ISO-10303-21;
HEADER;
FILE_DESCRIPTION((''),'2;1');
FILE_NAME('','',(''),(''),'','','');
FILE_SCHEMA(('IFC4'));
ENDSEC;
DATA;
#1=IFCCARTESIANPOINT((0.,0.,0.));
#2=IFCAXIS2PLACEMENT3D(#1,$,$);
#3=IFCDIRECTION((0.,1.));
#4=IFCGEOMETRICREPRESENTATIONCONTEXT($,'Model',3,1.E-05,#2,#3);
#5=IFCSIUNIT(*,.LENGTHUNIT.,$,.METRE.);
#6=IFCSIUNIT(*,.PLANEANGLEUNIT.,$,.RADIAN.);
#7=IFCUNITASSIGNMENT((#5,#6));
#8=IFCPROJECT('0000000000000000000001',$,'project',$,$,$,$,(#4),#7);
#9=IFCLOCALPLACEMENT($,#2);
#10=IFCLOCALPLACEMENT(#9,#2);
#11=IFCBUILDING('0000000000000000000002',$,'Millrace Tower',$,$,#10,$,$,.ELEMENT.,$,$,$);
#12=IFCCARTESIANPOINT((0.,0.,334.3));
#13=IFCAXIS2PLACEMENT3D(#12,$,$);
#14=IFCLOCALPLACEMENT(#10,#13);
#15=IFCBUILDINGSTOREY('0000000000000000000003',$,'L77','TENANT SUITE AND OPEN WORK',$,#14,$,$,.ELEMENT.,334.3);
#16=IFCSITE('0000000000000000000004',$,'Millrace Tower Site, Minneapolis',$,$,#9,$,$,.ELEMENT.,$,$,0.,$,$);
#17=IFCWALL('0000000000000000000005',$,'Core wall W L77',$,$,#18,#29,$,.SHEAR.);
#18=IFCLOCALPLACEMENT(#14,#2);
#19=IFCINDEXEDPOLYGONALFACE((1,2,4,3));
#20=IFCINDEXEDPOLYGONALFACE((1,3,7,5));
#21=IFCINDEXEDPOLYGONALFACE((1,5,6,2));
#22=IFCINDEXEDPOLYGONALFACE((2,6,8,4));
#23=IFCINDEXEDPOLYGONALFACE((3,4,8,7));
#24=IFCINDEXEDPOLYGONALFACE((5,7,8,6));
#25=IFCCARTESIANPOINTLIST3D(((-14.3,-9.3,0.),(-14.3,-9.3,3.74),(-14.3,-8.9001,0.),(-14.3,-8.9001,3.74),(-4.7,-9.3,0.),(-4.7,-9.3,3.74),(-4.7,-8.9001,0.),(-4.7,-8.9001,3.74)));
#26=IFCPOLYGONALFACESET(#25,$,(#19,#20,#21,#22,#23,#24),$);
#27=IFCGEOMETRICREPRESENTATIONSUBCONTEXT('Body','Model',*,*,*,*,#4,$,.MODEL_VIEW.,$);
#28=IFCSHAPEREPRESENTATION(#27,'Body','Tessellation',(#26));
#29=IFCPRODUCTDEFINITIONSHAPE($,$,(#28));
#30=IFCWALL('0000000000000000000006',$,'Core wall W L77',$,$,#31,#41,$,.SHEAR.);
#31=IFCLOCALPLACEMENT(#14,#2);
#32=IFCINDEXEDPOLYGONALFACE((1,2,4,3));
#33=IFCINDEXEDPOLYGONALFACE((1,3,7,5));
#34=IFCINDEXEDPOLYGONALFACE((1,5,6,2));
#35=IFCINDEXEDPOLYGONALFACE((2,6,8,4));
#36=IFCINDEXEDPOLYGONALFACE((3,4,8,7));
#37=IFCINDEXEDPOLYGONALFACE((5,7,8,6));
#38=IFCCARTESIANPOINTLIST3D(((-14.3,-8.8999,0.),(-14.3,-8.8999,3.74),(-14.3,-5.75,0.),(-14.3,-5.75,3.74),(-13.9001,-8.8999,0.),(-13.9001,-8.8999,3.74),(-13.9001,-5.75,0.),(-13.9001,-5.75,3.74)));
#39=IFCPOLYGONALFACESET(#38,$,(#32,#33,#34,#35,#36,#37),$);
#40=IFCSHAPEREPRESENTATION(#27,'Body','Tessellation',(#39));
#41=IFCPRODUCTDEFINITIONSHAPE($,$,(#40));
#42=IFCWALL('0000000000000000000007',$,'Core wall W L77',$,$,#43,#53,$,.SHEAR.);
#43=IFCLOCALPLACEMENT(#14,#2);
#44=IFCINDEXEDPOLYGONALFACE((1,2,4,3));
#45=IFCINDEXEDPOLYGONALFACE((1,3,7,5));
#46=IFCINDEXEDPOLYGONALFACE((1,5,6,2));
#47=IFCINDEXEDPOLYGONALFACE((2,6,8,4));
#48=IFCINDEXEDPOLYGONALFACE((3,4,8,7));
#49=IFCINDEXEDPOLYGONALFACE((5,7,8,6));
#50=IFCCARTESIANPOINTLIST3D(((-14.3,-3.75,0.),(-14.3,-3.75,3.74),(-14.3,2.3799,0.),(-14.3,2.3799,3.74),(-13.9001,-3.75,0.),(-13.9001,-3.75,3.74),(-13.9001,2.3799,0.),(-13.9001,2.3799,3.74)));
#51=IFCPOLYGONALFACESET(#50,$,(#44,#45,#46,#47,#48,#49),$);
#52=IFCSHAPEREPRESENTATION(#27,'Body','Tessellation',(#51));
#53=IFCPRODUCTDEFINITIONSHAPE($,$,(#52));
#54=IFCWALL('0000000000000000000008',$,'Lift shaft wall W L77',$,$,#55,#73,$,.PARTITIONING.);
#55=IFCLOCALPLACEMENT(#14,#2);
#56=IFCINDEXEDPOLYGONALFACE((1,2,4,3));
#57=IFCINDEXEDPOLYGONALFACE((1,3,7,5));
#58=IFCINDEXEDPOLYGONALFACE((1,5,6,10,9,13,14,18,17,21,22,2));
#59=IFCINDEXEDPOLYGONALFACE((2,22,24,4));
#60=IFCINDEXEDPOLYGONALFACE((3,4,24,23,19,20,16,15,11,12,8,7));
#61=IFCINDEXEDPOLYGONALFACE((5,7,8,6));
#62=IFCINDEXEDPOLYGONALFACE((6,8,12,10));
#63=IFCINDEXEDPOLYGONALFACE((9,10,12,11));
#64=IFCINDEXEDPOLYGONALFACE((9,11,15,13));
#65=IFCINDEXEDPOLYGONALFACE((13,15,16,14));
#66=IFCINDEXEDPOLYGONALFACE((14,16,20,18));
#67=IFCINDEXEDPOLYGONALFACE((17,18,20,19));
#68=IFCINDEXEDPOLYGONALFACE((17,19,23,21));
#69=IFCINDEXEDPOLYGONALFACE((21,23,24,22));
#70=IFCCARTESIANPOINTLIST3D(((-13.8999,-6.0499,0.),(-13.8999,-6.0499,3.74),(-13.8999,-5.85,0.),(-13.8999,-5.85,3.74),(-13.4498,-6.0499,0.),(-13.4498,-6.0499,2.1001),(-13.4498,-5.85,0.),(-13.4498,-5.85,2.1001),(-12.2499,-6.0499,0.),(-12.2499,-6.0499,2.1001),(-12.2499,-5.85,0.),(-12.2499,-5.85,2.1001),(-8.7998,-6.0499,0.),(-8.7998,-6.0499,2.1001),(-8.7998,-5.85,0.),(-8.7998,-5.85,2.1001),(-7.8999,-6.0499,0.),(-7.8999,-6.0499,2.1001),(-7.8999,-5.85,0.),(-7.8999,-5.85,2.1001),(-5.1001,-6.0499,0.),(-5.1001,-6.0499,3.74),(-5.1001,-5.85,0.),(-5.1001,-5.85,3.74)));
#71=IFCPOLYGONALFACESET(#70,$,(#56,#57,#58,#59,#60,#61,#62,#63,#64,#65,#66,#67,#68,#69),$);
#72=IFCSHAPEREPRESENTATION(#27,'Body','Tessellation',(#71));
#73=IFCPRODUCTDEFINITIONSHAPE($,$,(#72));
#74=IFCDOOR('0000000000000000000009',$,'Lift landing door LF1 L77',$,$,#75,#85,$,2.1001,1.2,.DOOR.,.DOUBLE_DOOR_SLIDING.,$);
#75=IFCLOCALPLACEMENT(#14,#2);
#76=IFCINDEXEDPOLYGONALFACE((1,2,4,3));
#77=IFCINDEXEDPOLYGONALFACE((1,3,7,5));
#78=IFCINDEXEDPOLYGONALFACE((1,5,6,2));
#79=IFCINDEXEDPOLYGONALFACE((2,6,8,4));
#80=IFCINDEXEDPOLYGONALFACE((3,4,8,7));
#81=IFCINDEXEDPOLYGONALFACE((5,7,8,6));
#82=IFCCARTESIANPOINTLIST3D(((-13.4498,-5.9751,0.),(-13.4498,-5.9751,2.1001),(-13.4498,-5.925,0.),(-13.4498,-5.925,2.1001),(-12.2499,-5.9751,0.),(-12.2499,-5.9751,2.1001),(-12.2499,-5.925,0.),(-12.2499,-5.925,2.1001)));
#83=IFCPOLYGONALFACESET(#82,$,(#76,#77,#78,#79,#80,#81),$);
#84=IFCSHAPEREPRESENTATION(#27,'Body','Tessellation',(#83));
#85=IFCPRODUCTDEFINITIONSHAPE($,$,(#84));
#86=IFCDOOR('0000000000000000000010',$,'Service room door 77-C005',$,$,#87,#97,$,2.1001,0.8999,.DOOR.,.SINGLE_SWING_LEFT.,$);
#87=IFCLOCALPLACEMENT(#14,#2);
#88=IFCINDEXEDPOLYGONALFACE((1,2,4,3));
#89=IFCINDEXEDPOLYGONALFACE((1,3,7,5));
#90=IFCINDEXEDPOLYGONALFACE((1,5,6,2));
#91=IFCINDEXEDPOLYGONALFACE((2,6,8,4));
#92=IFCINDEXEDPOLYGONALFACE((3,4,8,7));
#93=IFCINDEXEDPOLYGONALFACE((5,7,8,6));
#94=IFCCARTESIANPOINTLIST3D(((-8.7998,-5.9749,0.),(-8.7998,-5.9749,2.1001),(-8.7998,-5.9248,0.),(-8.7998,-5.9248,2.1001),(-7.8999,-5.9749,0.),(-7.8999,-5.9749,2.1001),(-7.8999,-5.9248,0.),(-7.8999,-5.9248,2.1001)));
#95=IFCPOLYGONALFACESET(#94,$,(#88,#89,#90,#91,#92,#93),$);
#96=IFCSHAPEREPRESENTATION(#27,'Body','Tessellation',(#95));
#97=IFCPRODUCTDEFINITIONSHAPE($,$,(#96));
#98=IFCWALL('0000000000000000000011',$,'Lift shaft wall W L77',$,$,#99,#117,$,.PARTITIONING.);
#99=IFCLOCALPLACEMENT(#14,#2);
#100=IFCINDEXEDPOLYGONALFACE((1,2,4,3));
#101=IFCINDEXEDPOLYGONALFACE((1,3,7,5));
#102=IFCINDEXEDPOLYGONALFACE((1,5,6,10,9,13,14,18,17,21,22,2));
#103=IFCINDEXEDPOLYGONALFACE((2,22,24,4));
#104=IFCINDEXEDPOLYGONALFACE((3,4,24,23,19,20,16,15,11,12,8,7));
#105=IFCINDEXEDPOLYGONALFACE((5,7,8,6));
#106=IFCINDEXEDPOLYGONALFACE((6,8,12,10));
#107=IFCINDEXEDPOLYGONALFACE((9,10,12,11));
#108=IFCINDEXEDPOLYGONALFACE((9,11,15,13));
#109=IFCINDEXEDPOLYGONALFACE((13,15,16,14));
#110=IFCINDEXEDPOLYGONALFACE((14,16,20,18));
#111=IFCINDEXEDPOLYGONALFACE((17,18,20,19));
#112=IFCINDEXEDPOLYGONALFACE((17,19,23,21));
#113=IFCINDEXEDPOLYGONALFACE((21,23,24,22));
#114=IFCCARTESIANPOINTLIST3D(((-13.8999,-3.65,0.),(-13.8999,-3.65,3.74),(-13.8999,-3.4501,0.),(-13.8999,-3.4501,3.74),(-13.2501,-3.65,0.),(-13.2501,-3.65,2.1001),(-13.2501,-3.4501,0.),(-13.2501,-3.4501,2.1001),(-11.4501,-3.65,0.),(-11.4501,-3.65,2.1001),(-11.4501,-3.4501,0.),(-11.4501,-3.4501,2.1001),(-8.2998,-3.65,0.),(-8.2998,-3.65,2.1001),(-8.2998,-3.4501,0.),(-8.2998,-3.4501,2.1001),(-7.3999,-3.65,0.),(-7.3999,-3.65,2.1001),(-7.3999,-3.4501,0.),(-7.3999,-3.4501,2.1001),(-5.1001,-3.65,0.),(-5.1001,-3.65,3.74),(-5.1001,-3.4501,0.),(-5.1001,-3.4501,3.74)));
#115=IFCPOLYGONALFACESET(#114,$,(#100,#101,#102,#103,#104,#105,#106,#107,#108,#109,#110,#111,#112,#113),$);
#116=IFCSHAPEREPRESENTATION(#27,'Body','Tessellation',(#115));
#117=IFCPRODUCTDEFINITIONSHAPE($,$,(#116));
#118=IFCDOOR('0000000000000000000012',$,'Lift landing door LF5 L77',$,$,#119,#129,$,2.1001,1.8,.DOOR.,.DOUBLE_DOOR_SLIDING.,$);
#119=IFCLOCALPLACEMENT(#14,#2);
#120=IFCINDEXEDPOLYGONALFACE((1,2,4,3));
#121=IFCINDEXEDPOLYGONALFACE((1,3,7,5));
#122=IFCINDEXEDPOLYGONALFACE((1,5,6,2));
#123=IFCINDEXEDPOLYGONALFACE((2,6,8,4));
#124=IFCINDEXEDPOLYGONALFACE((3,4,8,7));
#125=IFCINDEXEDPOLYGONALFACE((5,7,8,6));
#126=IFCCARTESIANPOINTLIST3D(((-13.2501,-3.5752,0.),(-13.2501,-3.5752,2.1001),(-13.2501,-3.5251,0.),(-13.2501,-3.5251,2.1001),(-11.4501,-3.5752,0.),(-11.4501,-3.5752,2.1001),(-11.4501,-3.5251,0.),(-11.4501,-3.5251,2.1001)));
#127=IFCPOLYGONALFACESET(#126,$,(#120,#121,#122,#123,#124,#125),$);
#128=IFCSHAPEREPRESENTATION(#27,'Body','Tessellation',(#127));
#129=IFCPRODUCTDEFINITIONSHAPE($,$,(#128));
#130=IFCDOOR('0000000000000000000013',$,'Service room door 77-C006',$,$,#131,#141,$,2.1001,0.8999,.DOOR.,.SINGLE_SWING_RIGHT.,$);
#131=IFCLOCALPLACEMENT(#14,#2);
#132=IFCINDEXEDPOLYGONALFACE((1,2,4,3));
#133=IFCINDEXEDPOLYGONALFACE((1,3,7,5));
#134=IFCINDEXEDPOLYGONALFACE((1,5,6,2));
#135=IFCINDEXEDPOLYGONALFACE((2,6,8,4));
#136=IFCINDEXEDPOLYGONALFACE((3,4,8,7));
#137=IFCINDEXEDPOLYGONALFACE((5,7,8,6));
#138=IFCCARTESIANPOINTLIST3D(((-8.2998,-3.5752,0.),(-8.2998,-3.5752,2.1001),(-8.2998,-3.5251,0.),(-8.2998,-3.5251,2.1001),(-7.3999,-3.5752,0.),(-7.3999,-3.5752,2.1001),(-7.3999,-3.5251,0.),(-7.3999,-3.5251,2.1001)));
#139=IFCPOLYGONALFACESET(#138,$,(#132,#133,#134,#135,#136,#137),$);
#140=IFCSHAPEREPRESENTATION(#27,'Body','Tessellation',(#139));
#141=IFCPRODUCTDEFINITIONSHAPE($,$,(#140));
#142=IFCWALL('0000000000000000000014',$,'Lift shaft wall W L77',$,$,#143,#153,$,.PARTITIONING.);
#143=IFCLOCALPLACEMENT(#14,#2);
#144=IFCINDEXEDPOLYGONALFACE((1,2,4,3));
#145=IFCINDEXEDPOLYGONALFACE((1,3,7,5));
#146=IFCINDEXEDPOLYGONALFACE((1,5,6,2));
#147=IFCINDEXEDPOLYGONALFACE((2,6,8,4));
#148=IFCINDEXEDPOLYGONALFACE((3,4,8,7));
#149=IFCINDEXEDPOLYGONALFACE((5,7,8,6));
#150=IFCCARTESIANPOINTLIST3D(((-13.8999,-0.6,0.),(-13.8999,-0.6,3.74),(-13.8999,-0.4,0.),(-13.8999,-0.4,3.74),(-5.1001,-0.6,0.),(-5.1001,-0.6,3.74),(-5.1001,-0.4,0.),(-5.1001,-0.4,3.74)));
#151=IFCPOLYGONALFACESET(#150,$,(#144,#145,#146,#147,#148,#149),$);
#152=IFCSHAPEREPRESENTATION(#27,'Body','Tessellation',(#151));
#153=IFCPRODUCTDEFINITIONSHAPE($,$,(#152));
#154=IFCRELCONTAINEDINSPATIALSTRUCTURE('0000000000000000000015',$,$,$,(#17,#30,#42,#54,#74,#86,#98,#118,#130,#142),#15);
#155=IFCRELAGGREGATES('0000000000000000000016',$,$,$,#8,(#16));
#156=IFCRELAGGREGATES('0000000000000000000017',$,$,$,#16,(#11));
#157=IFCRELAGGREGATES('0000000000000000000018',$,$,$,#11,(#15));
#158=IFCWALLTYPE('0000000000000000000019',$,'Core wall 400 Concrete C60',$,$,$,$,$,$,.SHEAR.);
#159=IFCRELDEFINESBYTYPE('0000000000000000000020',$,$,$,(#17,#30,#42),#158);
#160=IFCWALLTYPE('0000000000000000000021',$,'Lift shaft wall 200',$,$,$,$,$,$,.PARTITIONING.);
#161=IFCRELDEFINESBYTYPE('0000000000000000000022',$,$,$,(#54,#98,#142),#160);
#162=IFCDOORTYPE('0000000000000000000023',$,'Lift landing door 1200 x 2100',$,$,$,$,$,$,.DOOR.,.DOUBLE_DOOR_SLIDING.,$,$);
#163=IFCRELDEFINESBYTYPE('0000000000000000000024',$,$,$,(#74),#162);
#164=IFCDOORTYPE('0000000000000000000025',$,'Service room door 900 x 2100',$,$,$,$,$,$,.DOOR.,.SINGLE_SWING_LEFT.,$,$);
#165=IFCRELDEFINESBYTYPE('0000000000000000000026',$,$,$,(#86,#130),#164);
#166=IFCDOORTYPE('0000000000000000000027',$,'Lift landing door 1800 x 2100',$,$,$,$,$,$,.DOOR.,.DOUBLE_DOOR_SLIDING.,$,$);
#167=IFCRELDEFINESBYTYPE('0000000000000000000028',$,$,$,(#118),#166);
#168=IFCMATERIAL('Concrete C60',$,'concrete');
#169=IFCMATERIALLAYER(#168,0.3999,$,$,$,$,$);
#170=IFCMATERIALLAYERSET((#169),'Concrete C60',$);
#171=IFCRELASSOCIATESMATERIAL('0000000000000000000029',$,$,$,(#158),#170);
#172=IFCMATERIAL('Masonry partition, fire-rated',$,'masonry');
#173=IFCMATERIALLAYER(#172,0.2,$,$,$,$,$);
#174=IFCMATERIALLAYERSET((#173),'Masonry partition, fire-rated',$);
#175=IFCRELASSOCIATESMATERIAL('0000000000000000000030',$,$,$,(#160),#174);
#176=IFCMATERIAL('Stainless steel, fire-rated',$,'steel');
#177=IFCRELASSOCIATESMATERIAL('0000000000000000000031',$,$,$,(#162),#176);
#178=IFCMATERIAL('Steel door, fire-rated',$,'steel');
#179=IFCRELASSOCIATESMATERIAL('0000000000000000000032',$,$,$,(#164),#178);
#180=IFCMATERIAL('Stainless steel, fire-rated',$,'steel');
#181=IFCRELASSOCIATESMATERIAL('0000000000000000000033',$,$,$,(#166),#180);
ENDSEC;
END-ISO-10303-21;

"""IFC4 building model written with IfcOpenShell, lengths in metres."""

from ifc_helpers import new_model, si_unit, direction, frame, frame_2d, origin, place, context, subcontext, project, spatial, rectangle, extrude, material, layer, layer_set, type_object, element, fill, save


model = new_model("IFC4")

# Units and contexts
model_context = context("Model", 3, precision=1e-05, world=origin(), true_north=direction((0.0, 1.0)))
body_context = subcontext(model_context, "Body", "Model", "MODEL_VIEW")
ifc_project = project(units=[si_unit("LENGTHUNIT", "METRE"), si_unit("PLANEANGLEUNIT", "RADIAN")], contexts=[model_context])

# Site, building, storey
site_placement = place(None, origin())
site = spatial("IfcSite", under=ifc_project, at=site_placement, Name="Millrace Tower Site, Minneapolis", CompositionType="ELEMENT", RefElevation=0.0)
building_placement = place(site_placement, origin())
building = spatial("IfcBuilding", under=site, at=building_placement, Name="Millrace Tower", CompositionType="ELEMENT")
storey_placement = place(building_placement, frame((0.0, 0.0, 334.3)))
storey = spatial("IfcBuildingStorey", under=building, at=storey_placement, Name="L77", Description="TENANT SUITE AND OPEN WORK", CompositionType="ELEMENT", Elevation=334.3)

# Walls
ifc_material_1 = material(Name="Concrete C60", Category="concrete")
ifc_layer_1 = layer(ifc_material_1, 0.3999)
ifc_layer_set_1 = layer_set([ifc_layer_1], Name="Concrete C60")
wall_type_1 = type_object("IfcWallType", Name="Core wall 400 Concrete C60", PredefinedType="SHEAR", material=ifc_layer_set_1)
wall_1_placement = place(storey_placement, frame((-14.3, -9.1001, 0.0), z_axis=(0.0, 0.0, 1.0), x_axis=(1.0, 0.0, 0.0)))
element("IfcWall", 1, at=wall_1_placement, inside=storey, type_object=wall_type_1, Name="Core wall W L77", PredefinedType="SHEAR", context=body_context, shape_type="SweptSolid", body=[
    extrude(rectangle(XDim=9.6001, YDim=0.3999, at=frame_2d((4.8, 0.0))), origin(), (0.0, 0.0, 1.0), 3.74),
])
wall_2_placement = place(storey_placement, frame((-14.1001, -8.8999, 0.0), z_axis=(0.0, 0.0, 1.0), x_axis=(0.0, 1.0, 0.0)))
element("IfcWall", 2, at=wall_2_placement, inside=storey, type_object=wall_type_1, Name="Core wall W L77", PredefinedType="SHEAR", context=body_context, shape_type="SweptSolid", body=[
    extrude(rectangle(XDim=3.1499, YDim=0.3999, at=frame_2d((1.575, 0.0))), origin(), (0.0, 0.0, 1.0), 3.74),
])
wall_3_placement = place(storey_placement, frame((-14.1001, -3.75, 0.0), z_axis=(0.0, 0.0, 1.0), x_axis=(0.0, 1.0, 0.0)))
element("IfcWall", 3, at=wall_3_placement, inside=storey, type_object=wall_type_1, Name="Core wall W L77", PredefinedType="SHEAR", context=body_context, shape_type="SweptSolid", body=[
    extrude(rectangle(XDim=6.1299, YDim=0.3999, at=frame_2d((3.0649, 0.0))), origin(), (0.0, 0.0, 1.0), 3.74),
])

# Walls, openings, doors
ifc_material_2 = material(Name="Masonry partition, fire-rated", Category="masonry")
ifc_layer_2 = layer(ifc_material_2, 0.2)
ifc_layer_set_2 = layer_set([ifc_layer_2], Name="Masonry partition, fire-rated")
wall_type_2 = type_object("IfcWallType", Name="Lift shaft wall 200", PredefinedType="PARTITIONING", material=ifc_layer_set_2)
wall_4_placement = place(storey_placement, frame((-13.8999, -5.95, 0.0), z_axis=(0.0, 0.0, 1.0), x_axis=(1.0, 0.0, 0.0)))
wall_4 = element("IfcWall", 4, at=wall_4_placement, inside=storey, type_object=wall_type_2, Name="Lift shaft wall W L77", PredefinedType="PARTITIONING", context=body_context, shape_type="SweptSolid", body=[
    extrude(rectangle(XDim=8.7998, YDim=0.2, at=frame_2d((4.3999, 0.0))), origin(), (0.0, 0.0, 1.0), 3.74),
])
opening_1_placement = place(wall_4_placement, frame((0.45, 0.0, 0.0)))
opening_1 = element("IfcOpeningElement", 5, at=opening_1_placement, cuts=wall_4, PredefinedType="OPENING", context=body_context, shape_type="SweptSolid", body=[
    extrude(rectangle(XDim=1.2, YDim=2.1001, at=frame_2d((0.6001, 1.05))), frame((0.0, 0.1099, 0.0), z_axis=(0.0, -1.0, 0.0), x_axis=(1.0, 0.0, 0.0)), (0.0, 0.0, 1.0), 0.22),
])
opening_2_placement = place(wall_4_placement, frame((5.1001, 0.0, 0.0)))
opening_2 = element("IfcOpeningElement", 6, at=opening_2_placement, cuts=wall_4, PredefinedType="OPENING", context=body_context, shape_type="SweptSolid", body=[
    extrude(rectangle(XDim=0.8999, YDim=2.1001, at=frame_2d((0.45, 1.05))), frame((0.0, 0.1099, 0.0), z_axis=(0.0, -1.0, 0.0), x_axis=(1.0, 0.0, 0.0)), (0.0, 0.0, 1.0), 0.22),
])
ifc_material_3 = material(Name="Stainless steel, fire-rated", Category="steel")
door_type_1 = type_object("IfcDoorType", Name="Lift landing door 1200 x 2100", OperationType="DOUBLE_DOOR_SLIDING", PredefinedType="DOOR", material=ifc_material_3)
door_1_placement = place(opening_1_placement, origin())
door_1 = element("IfcDoor", 7, at=door_1_placement, inside=storey, type_object=door_type_1, Name="Lift landing door LF1 L77", OperationType="DOUBLE_DOOR_SLIDING", OverallHeight=2.1001, OverallWidth=1.2, PredefinedType="DOOR", context=body_context, shape_type="SweptSolid", body=[
    extrude(rectangle(XDim=1.2, YDim=2.1001, at=frame_2d((0.6001, 1.05))), frame((0.0, 0.0249, 0.0), z_axis=(0.0, -1.0, 0.0), x_axis=(1.0, 0.0, 0.0)), (0.0, 0.0, 1.0), 0.05),
])
fill(opening_1, door_1)
ifc_material_4 = material(Name="Steel door, fire-rated", Category="steel")
door_type_2 = type_object("IfcDoorType", Name="Service room door 900 x 2100", OperationType="SINGLE_SWING_LEFT", PredefinedType="DOOR", material=ifc_material_4)
door_2_placement = place(opening_2_placement, frame((0.8999, 0.0, 0.0), z_axis=(0.0, 0.0, 1.0), x_axis=(-1.0, 0.0, 0.0)))
door_2 = element("IfcDoor", 8, at=door_2_placement, inside=storey, type_object=door_type_2, Name="Service room door 77-C005", OperationType="SINGLE_SWING_LEFT", OverallHeight=2.1001, OverallWidth=0.8999, PredefinedType="DOOR", context=body_context, shape_type="SweptSolid", body=[
    extrude(rectangle(XDim=0.8999, YDim=2.1001, at=frame_2d((0.45, 1.05))), frame((0.0, 0.0249, 0.0), z_axis=(0.0, -1.0, 0.0), x_axis=(1.0, 0.0, 0.0)), (0.0, 0.0, 1.0), 0.05),
])
fill(opening_2, door_2)
wall_5_placement = place(storey_placement, frame((-13.8999, -3.55, 0.0), z_axis=(0.0, 0.0, 1.0), x_axis=(1.0, 0.0, 0.0)))
wall_5 = element("IfcWall", 9, at=wall_5_placement, inside=storey, type_object=wall_type_2, Name="Lift shaft wall W L77", PredefinedType="PARTITIONING", context=body_context, shape_type="SweptSolid", body=[
    extrude(rectangle(XDim=8.7998, YDim=0.2, at=frame_2d((4.3999, 0.0))), origin(), (0.0, 0.0, 1.0), 3.74),
])
opening_3_placement = place(wall_5_placement, frame((0.6499, 0.0, 0.0)))
opening_3 = element("IfcOpeningElement", 10, at=opening_3_placement, cuts=wall_5, PredefinedType="OPENING", context=body_context, shape_type="SweptSolid", body=[
    extrude(rectangle(XDim=1.8, YDim=2.1001, at=frame_2d((0.8999, 1.05))), frame((0.0, 0.1099, 0.0), z_axis=(0.0, -1.0, 0.0), x_axis=(1.0, 0.0, 0.0)), (0.0, 0.0, 1.0), 0.22),
])
opening_4_placement = place(wall_5_placement, frame((5.6001, 0.0, 0.0)))
opening_4 = element("IfcOpeningElement", 11, at=opening_4_placement, cuts=wall_5, PredefinedType="OPENING", context=body_context, shape_type="SweptSolid", body=[
    extrude(rectangle(XDim=0.8999, YDim=2.1001, at=frame_2d((0.45, 1.05))), frame((0.0, 0.1099, 0.0), z_axis=(0.0, -1.0, 0.0), x_axis=(1.0, 0.0, 0.0)), (0.0, 0.0, 1.0), 0.22),
])
ifc_material_5 = material(Name="Stainless steel, fire-rated", Category="steel")
door_type_3 = type_object("IfcDoorType", Name="Lift landing door 1800 x 2100", OperationType="DOUBLE_DOOR_SLIDING", PredefinedType="DOOR", material=ifc_material_5)
door_3_placement = place(opening_3_placement, origin())
door_3 = element("IfcDoor", 12, at=door_3_placement, inside=storey, type_object=door_type_3, Name="Lift landing door LF5 L77", OperationType="DOUBLE_DOOR_SLIDING", OverallHeight=2.1001, OverallWidth=1.8, PredefinedType="DOOR", context=body_context, shape_type="SweptSolid", body=[
    extrude(rectangle(XDim=1.8, YDim=2.1001, at=frame_2d((0.8999, 1.05))), frame((0.0, 0.0249, 0.0), z_axis=(0.0, -1.0, 0.0), x_axis=(1.0, 0.0, 0.0)), (0.0, 0.0, 1.0), 0.05),
])
fill(opening_3, door_3)
door_4_placement = place(opening_4_placement, origin())
door_4 = element("IfcDoor", 13, at=door_4_placement, inside=storey, type_object=door_type_2, Name="Service room door 77-C006", OperationType="SINGLE_SWING_RIGHT", OverallHeight=2.1001, OverallWidth=0.8999, PredefinedType="DOOR", context=body_context, shape_type="SweptSolid", body=[
    extrude(rectangle(XDim=0.8999, YDim=2.1001, at=frame_2d((0.45, 1.05))), frame((0.0, 0.0249, 0.0), z_axis=(0.0, -1.0, 0.0), x_axis=(1.0, 0.0, 0.0)), (0.0, 0.0, 1.0), 0.05),
])
fill(opening_4, door_4)

# Wall
wall_6_placement = place(storey_placement, frame((-13.8999, -0.5, 0.0), z_axis=(0.0, 0.0, 1.0), x_axis=(1.0, 0.0, 0.0)))
element("IfcWall", 14, at=wall_6_placement, inside=storey, type_object=wall_type_2, Name="Lift shaft wall W L77", PredefinedType="PARTITIONING", context=body_context, shape_type="SweptSolid", body=[
    extrude(rectangle(XDim=8.7998, YDim=0.2, at=frame_2d((4.3999, 0.0))), origin(), (0.0, 0.0, 1.0), 3.74),
])

save(model, "model.ifc")
